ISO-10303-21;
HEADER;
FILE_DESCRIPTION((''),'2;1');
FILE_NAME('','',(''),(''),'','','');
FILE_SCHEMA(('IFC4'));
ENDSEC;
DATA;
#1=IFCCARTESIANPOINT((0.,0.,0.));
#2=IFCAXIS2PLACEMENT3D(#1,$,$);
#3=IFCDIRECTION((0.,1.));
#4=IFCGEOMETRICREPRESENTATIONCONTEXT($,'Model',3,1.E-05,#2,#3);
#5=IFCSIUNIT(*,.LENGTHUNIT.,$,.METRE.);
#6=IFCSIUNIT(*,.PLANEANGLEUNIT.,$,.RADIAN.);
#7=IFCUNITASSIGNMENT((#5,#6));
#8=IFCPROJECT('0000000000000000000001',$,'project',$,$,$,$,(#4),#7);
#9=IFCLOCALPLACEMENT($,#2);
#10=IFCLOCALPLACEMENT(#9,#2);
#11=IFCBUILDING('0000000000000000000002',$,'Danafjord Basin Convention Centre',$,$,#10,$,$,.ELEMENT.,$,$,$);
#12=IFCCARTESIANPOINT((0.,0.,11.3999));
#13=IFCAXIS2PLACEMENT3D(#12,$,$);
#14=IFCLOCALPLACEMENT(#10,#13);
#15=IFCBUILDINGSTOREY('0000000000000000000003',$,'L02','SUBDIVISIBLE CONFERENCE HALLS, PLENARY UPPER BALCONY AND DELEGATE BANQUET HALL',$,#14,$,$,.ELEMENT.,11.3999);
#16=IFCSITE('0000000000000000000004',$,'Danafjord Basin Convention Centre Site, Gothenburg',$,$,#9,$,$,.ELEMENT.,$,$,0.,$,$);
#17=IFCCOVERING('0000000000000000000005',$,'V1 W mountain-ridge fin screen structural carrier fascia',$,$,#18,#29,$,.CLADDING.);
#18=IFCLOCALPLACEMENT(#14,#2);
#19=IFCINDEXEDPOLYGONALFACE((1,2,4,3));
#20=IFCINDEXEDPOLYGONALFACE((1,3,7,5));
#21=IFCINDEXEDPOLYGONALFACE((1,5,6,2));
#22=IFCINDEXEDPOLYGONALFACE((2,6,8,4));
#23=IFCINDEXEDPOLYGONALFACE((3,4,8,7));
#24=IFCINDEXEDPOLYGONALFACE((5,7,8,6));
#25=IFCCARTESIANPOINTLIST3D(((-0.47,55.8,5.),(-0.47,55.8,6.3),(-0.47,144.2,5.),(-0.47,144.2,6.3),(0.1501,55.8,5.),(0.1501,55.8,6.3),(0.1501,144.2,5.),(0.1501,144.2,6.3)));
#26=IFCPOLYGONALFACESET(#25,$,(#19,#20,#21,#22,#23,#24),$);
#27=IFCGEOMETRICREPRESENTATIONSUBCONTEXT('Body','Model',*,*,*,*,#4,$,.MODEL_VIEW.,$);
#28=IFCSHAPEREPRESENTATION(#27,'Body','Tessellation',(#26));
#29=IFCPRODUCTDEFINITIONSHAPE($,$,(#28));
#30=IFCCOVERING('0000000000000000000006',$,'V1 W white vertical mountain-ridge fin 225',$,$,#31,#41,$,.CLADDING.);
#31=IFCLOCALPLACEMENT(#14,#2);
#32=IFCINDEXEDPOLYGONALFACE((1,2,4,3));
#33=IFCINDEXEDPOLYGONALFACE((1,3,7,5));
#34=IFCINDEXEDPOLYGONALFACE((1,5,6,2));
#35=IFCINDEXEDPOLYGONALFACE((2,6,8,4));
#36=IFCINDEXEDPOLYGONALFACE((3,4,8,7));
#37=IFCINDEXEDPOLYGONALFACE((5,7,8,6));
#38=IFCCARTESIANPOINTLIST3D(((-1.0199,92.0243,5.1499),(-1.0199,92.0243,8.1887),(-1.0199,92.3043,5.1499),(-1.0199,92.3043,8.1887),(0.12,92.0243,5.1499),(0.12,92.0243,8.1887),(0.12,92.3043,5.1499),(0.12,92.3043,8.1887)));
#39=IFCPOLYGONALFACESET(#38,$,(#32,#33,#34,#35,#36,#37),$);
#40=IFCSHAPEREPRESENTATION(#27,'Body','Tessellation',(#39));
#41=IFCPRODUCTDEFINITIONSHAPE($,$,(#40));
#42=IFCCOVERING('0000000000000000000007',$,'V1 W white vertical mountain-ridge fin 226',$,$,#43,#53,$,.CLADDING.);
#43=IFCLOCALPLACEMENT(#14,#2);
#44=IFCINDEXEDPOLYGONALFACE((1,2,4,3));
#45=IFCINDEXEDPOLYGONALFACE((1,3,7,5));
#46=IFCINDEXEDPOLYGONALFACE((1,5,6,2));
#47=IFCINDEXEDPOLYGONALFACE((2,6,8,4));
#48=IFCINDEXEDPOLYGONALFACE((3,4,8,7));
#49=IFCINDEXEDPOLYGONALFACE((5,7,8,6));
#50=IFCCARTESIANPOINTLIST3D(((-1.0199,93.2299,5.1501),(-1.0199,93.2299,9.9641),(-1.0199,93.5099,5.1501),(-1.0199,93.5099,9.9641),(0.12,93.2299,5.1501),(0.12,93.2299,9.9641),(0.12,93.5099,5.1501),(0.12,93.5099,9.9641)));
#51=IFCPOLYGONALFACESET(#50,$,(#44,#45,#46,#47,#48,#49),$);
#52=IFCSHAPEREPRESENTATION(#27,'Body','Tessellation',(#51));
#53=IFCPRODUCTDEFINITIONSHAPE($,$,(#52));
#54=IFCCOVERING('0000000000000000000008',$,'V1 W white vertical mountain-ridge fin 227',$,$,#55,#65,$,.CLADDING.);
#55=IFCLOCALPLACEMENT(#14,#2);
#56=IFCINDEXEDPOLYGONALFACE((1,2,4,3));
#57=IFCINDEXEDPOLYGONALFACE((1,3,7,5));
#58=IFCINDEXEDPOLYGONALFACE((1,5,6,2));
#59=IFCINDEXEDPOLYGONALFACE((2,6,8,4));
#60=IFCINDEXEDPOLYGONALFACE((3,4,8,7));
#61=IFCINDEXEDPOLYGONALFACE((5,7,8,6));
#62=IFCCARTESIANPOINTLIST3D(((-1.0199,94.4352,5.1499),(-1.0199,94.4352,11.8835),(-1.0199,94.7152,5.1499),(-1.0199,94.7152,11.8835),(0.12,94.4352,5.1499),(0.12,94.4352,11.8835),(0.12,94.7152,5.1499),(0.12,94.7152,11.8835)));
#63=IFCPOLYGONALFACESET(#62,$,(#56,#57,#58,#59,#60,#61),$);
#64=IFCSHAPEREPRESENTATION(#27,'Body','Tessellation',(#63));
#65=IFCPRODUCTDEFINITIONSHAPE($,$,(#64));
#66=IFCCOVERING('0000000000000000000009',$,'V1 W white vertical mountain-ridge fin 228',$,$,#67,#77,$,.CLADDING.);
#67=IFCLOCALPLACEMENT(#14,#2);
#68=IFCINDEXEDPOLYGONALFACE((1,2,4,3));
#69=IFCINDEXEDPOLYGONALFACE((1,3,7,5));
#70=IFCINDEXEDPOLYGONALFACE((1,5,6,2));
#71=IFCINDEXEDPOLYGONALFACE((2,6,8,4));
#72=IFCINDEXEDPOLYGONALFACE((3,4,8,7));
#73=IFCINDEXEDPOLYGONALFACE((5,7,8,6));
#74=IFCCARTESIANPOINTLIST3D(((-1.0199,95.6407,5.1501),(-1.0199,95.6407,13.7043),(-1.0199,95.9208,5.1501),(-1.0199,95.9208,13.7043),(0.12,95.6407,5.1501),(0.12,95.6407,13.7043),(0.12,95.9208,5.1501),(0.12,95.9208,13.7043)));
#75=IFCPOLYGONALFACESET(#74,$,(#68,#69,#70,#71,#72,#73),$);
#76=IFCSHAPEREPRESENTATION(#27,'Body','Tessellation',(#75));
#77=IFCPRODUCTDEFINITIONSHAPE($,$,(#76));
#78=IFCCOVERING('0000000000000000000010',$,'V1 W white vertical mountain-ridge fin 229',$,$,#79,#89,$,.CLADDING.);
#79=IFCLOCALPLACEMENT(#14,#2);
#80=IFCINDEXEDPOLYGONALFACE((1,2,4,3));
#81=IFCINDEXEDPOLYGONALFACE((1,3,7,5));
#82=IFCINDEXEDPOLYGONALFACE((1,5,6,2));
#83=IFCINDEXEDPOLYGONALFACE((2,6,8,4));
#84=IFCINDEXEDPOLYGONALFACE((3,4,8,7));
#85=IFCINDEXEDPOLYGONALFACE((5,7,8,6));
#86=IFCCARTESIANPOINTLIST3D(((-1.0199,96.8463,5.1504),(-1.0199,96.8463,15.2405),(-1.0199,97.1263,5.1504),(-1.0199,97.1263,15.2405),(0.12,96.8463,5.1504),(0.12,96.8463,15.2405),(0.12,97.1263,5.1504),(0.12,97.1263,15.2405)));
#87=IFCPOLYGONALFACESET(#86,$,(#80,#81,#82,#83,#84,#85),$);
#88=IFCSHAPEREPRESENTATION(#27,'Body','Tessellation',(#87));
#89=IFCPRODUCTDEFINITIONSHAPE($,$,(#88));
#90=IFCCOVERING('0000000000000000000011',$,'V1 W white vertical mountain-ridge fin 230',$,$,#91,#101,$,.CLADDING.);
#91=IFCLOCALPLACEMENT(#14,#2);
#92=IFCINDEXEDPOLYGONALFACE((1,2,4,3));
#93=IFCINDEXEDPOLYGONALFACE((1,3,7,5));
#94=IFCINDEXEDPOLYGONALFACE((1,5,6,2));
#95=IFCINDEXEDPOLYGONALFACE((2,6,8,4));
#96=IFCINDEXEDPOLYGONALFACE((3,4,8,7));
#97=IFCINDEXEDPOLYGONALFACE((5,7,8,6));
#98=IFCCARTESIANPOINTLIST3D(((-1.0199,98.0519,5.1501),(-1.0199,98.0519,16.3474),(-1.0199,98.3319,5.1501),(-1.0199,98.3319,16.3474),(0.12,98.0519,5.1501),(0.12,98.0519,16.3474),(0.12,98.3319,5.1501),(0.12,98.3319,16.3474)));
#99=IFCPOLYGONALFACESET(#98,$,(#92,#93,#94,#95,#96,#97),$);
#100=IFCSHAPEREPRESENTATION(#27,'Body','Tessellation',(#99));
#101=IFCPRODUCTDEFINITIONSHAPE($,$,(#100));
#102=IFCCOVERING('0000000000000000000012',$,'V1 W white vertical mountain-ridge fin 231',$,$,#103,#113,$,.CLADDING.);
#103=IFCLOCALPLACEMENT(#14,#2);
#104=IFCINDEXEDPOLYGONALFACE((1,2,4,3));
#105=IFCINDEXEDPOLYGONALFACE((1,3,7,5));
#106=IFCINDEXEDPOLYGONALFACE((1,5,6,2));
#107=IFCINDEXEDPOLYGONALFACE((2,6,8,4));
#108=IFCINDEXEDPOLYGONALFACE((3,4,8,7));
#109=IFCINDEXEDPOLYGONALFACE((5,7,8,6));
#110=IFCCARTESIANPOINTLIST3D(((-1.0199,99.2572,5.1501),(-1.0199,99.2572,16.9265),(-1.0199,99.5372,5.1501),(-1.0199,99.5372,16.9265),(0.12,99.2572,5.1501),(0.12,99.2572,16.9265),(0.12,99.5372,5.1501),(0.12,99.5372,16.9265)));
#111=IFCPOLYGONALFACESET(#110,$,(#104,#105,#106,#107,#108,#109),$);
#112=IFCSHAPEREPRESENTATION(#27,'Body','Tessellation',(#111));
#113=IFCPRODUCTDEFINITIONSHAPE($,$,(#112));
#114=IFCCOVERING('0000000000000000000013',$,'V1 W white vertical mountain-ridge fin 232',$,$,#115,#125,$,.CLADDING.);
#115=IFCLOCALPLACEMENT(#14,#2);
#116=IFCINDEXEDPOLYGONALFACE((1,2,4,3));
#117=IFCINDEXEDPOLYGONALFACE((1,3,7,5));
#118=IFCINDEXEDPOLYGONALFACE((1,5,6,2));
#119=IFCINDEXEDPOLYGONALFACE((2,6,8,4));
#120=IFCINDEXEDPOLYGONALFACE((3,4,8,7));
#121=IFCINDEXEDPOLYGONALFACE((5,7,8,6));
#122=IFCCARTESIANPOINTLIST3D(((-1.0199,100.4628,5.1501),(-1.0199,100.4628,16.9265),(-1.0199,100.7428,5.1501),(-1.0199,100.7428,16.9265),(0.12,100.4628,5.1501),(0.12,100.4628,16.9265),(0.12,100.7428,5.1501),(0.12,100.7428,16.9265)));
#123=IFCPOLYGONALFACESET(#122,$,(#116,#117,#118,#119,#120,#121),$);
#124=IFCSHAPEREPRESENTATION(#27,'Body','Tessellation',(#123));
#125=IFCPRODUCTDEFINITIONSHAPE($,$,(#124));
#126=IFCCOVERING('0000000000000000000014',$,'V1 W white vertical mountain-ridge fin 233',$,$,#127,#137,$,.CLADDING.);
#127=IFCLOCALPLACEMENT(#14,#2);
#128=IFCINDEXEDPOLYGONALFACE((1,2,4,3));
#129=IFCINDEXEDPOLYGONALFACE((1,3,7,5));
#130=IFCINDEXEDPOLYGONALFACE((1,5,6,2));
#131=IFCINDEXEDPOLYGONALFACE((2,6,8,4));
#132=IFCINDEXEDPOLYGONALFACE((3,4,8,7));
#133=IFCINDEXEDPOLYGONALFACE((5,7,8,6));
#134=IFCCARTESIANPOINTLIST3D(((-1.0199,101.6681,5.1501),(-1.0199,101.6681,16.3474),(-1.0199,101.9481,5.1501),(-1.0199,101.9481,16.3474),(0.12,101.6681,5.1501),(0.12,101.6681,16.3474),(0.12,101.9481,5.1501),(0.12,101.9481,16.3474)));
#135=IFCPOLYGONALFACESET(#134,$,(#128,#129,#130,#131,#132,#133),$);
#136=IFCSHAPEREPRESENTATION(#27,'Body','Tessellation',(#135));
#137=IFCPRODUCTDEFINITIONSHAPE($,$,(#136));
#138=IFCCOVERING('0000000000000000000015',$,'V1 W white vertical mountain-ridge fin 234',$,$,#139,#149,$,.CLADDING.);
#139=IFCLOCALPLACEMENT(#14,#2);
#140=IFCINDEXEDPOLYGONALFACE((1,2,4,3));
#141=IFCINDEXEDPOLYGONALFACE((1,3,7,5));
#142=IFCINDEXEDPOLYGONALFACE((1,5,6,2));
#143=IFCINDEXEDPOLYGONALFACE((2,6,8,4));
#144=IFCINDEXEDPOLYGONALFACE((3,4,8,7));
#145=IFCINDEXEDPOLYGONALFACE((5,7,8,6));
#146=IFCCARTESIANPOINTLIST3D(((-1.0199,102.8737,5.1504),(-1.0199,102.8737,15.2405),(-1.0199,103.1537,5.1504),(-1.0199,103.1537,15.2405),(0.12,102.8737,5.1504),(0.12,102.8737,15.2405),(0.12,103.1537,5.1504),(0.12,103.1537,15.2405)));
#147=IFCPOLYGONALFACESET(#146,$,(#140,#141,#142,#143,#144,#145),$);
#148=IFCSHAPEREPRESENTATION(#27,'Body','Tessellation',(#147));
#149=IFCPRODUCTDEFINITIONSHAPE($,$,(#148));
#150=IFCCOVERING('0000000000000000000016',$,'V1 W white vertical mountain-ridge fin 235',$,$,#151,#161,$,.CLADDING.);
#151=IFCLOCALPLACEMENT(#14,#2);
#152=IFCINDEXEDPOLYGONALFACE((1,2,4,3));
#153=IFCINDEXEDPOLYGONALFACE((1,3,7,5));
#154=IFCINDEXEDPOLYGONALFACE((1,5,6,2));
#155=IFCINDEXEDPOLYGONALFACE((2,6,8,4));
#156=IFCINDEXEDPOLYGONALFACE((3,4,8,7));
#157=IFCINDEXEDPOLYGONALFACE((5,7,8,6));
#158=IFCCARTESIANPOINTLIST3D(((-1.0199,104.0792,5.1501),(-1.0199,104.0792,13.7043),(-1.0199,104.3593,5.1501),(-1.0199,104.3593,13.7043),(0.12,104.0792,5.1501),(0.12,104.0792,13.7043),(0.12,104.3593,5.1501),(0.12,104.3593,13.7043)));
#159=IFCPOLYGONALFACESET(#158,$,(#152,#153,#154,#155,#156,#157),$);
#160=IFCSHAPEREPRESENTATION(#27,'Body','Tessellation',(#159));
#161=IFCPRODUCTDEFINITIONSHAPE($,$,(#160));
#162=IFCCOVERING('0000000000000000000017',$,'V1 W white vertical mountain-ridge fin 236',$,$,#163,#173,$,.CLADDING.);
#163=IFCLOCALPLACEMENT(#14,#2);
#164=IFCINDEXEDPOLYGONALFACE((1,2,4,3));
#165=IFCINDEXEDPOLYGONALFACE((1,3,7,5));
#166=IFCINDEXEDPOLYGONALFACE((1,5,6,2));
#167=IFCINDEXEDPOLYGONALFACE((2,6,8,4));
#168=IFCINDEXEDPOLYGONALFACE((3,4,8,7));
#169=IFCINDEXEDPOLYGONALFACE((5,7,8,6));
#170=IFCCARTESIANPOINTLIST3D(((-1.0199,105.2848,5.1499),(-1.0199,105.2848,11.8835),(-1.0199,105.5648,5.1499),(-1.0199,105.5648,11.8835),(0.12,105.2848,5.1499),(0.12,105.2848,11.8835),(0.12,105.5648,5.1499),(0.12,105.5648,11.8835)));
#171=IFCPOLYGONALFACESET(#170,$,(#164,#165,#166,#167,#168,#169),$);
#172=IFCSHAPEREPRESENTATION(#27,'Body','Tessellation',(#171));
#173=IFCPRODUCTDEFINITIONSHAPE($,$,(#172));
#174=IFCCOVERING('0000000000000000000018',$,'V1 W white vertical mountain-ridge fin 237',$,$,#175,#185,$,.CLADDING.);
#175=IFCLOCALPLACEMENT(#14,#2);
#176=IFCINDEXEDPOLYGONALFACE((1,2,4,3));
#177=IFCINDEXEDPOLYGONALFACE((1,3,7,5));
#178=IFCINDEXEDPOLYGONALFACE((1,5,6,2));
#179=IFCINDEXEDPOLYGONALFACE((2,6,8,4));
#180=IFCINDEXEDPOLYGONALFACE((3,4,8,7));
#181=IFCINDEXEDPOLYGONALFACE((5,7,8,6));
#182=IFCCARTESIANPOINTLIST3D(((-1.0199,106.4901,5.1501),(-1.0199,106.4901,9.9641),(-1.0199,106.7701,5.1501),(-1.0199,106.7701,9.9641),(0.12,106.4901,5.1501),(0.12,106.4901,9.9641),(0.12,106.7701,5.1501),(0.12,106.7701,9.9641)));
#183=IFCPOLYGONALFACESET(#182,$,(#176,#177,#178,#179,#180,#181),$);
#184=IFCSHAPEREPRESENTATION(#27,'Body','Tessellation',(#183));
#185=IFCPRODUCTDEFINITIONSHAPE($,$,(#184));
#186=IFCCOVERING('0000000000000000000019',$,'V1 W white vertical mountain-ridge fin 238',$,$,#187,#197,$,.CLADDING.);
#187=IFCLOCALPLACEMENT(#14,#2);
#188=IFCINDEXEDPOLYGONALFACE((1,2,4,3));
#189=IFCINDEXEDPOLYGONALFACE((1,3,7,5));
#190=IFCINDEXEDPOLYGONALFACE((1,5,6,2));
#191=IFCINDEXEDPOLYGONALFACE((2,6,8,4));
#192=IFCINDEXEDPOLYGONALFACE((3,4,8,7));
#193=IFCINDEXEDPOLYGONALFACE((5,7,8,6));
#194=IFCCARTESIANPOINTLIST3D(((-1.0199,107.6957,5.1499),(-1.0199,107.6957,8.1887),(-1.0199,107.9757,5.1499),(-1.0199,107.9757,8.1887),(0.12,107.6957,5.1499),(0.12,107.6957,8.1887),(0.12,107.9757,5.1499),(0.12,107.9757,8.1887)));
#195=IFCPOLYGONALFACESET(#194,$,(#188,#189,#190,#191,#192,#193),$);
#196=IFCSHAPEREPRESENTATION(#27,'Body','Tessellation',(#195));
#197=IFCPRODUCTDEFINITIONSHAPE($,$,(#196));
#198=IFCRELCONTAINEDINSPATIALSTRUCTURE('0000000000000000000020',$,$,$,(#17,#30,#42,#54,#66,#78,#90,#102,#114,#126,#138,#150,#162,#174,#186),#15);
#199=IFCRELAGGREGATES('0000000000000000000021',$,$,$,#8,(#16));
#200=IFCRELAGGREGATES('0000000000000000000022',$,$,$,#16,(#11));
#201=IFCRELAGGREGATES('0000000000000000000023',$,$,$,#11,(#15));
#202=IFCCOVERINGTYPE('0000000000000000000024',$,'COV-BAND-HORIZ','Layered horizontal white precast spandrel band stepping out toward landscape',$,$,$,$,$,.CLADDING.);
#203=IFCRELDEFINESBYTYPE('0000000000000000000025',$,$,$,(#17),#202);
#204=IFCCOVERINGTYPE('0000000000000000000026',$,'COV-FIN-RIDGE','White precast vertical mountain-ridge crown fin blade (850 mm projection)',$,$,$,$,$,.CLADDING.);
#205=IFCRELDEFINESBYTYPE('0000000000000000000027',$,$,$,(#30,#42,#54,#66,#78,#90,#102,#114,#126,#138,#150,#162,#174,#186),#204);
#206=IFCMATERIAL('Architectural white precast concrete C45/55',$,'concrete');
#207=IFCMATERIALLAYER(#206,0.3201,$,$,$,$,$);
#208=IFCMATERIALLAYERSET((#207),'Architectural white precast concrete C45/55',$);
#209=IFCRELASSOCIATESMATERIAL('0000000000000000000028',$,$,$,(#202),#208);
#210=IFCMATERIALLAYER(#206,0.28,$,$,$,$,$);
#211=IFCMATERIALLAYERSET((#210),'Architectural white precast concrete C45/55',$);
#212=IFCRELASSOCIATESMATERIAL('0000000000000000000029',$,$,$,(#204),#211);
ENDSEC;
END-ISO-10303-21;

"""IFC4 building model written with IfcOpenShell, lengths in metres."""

from ifc_helpers import new_model, si_unit, direction, frame, origin, origin_2d, place, context, subcontext, project, spatial, rectangle, extrude, material, layer, layer_set, type_object, element, save


model = new_model("IFC4")

# Units and contexts
model_context = context("Model", 3, precision=1e-05, world=origin(), true_north=direction((0.0, 1.0)))
body_context = subcontext(model_context, "Body", "Model", "MODEL_VIEW")
ifc_project = project(units=[si_unit("LENGTHUNIT", "METRE"), si_unit("PLANEANGLEUNIT", "RADIAN")], contexts=[model_context])

# Site, building, storey
site_placement = place(None, origin())
site = spatial("IfcSite", under=ifc_project, at=site_placement, Name="Danafjord Basin Convention Centre Site, Gothenburg", CompositionType="ELEMENT", RefElevation=0.0)
building_placement = place(site_placement, origin())
building = spatial("IfcBuilding", under=site, at=building_placement, Name="Danafjord Basin Convention Centre", CompositionType="ELEMENT")
storey_placement = place(building_placement, frame((0.0, 0.0, 11.3999)))
storey = spatial("IfcBuildingStorey", under=building, at=storey_placement, Name="L02", Description="SUBDIVISIBLE CONFERENCE HALLS, PLENARY UPPER BALCONY AND DELEGATE BANQUET HALL", CompositionType="ELEMENT", Elevation=11.3999)

# Coverings
ifc_material_1 = material(Name="Architectural white precast concrete C45/55", Category="concrete")
ifc_layer_1 = layer(ifc_material_1, 0.3201)
ifc_layer_set_1 = layer_set([ifc_layer_1], Name="Architectural white precast concrete C45/55")
covering_type_1 = type_object("IfcCoveringType", Name="COV-BAND-HORIZ", Description="Layered horizontal white precast spandrel band stepping out toward landscape", PredefinedType="CLADDING", material=ifc_layer_set_1)
covering_1_placement = place(storey_placement, frame((-0.1599, 100.0, 5.0), z_axis=(0.0, 0.0, 1.0), x_axis=(0.0, 1.0, 0.0)))
element("IfcCovering", 1, at=covering_1_placement, inside=storey, type_object=covering_type_1, Name="V1 W mountain-ridge fin screen structural carrier fascia", PredefinedType="CLADDING", context=body_context, shape_type="SweptSolid", body=[
    extrude(rectangle(XDim=88.3999, YDim=0.6201, at=origin_2d()), origin(), (0.0, 0.0, 1.0), 1.3),
])
ifc_layer_2 = layer(ifc_material_1, 0.28)
ifc_layer_set_2 = layer_set([ifc_layer_2], Name="Architectural white precast concrete C45/55")
covering_type_2 = type_object("IfcCoveringType", Name="COV-FIN-RIDGE", Description="White precast vertical mountain-ridge crown fin blade (850 mm projection)", PredefinedType="CLADDING", material=ifc_layer_set_2)
covering_2_placement = place(storey_placement, frame((-0.45, 92.1643, 5.1499), z_axis=(0.0, 0.0, 1.0), x_axis=(1.0, 0.0, 0.0)))
element("IfcCovering", 2, at=covering_2_placement, inside=storey, type_object=covering_type_2, Name="V1 W white vertical mountain-ridge fin 225", PredefinedType="CLADDING", context=body_context, shape_type="SweptSolid", body=[
    extrude(rectangle(XDim=1.1399, YDim=0.28, at=origin_2d()), origin(), (0.0, 0.0, 1.0), 3.0388),
])
covering_3_placement = place(storey_placement, frame((-0.45, 93.3699, 5.1501), z_axis=(0.0, 0.0, 1.0), x_axis=(1.0, 0.0, 0.0)))
element("IfcCovering", 3, at=covering_3_placement, inside=storey, type_object=covering_type_2, Name="V1 W white vertical mountain-ridge fin 226", PredefinedType="CLADDING", context=body_context, shape_type="SweptSolid", body=[
    extrude(rectangle(XDim=1.1399, YDim=0.28, at=origin_2d()), origin(), (0.0, 0.0, 1.0), 4.814),
])
covering_4_placement = place(storey_placement, frame((-0.45, 94.5752, 5.1499), z_axis=(0.0, 0.0, 1.0), x_axis=(1.0, 0.0, 0.0)))
element("IfcCovering", 4, at=covering_4_placement, inside=storey, type_object=covering_type_2, Name="V1 W white vertical mountain-ridge fin 227", PredefinedType="CLADDING", context=body_context, shape_type="SweptSolid", body=[
    extrude(rectangle(XDim=1.1399, YDim=0.28, at=origin_2d()), origin(), (0.0, 0.0, 1.0), 6.7336),
])
covering_5_placement = place(storey_placement, frame((-0.45, 95.7808, 5.1501), z_axis=(0.0, 0.0, 1.0), x_axis=(1.0, 0.0, 0.0)))
element("IfcCovering", 5, at=covering_5_placement, inside=storey, type_object=covering_type_2, Name="V1 W white vertical mountain-ridge fin 228", PredefinedType="CLADDING", context=body_context, shape_type="SweptSolid", body=[
    extrude(rectangle(XDim=1.1399, YDim=0.28, at=origin_2d()), origin(), (0.0, 0.0, 1.0), 8.5542),
])
covering_6_placement = place(storey_placement, frame((-0.45, 96.9863, 5.1504), z_axis=(0.0, 0.0, 1.0), x_axis=(1.0, 0.0, 0.0)))
element("IfcCovering", 6, at=covering_6_placement, inside=storey, type_object=covering_type_2, Name="V1 W white vertical mountain-ridge fin 229", PredefinedType="CLADDING", context=body_context, shape_type="SweptSolid", body=[
    extrude(rectangle(XDim=1.1399, YDim=0.28, at=origin_2d()), origin(), (0.0, 0.0, 1.0), 10.0901),
])
covering_7_placement = place(storey_placement, frame((-0.45, 98.1919, 5.1501), z_axis=(0.0, 0.0, 1.0), x_axis=(1.0, 0.0, 0.0)))
element("IfcCovering", 7, at=covering_7_placement, inside=storey, type_object=covering_type_2, Name="V1 W white vertical mountain-ridge fin 230", PredefinedType="CLADDING", context=body_context, shape_type="SweptSolid", body=[
    extrude(rectangle(XDim=1.1399, YDim=0.28, at=origin_2d()), origin(), (0.0, 0.0, 1.0), 11.1973),
])
for number, where, z_axis, x_axis, name in (
    (8, (-0.45, 99.3972, 5.1501), (0.0, 0.0, 1.0), (1.0, 0.0, 0.0), "V1 W white vertical mountain-ridge fin 231"),
    (9, (-0.45, 100.6028, 5.1501), (0.0, 0.0, 1.0), (1.0, 0.0, 0.0), "V1 W white vertical mountain-ridge fin 232"),
):
    element("IfcCovering", number, at=place(storey_placement, frame(where, z_axis=z_axis, x_axis=x_axis)), inside=storey, type_object=covering_type_2, Name=name, PredefinedType="CLADDING", context=body_context, shape_type="SweptSolid", body=[
        extrude(rectangle(XDim=1.1399, YDim=0.28, at=origin_2d()), origin(), (0.0, 0.0, 1.0), 11.7764),
    ])
covering_8_placement = place(storey_placement, frame((-0.45, 101.8081, 5.1501), z_axis=(0.0, 0.0, 1.0), x_axis=(1.0, 0.0, 0.0)))
element("IfcCovering", 10, at=covering_8_placement, inside=storey, type_object=covering_type_2, Name="V1 W white vertical mountain-ridge fin 233", PredefinedType="CLADDING", context=body_context, shape_type="SweptSolid", body=[
    extrude(rectangle(XDim=1.1399, YDim=0.28, at=origin_2d()), origin(), (0.0, 0.0, 1.0), 11.1973),
])
covering_9_placement = place(storey_placement, frame((-0.45, 103.0137, 5.1504), z_axis=(0.0, 0.0, 1.0), x_axis=(1.0, 0.0, 0.0)))
element("IfcCovering", 11, at=covering_9_placement, inside=storey, type_object=covering_type_2, Name="V1 W white vertical mountain-ridge fin 234", PredefinedType="CLADDING", context=body_context, shape_type="SweptSolid", body=[
    extrude(rectangle(XDim=1.1399, YDim=0.28, at=origin_2d()), origin(), (0.0, 0.0, 1.0), 10.0901),
])
covering_10_placement = place(storey_placement, frame((-0.45, 104.2192, 5.1501), z_axis=(0.0, 0.0, 1.0), x_axis=(1.0, 0.0, 0.0)))
element("IfcCovering", 12, at=covering_10_placement, inside=storey, type_object=covering_type_2, Name="V1 W white vertical mountain-ridge fin 235", PredefinedType="CLADDING", context=body_context, shape_type="SweptSolid", body=[
    extrude(rectangle(XDim=1.1399, YDim=0.28, at=origin_2d()), origin(), (0.0, 0.0, 1.0), 8.5542),
])
covering_11_placement = place(storey_placement, frame((-0.45, 105.4248, 5.1499), z_axis=(0.0, 0.0, 1.0), x_axis=(1.0, 0.0, 0.0)))
element("IfcCovering", 13, at=covering_11_placement, inside=storey, type_object=covering_type_2, Name="V1 W white vertical mountain-ridge fin 236", PredefinedType="CLADDING", context=body_context, shape_type="SweptSolid", body=[
    extrude(rectangle(XDim=1.1399, YDim=0.28, at=origin_2d()), origin(), (0.0, 0.0, 1.0), 6.7336),
])
covering_12_placement = place(storey_placement, frame((-0.45, 106.6301, 5.1501), z_axis=(0.0, 0.0, 1.0), x_axis=(1.0, 0.0, 0.0)))
element("IfcCovering", 14, at=covering_12_placement, inside=storey, type_object=covering_type_2, Name="V1 W white vertical mountain-ridge fin 237", PredefinedType="CLADDING", context=body_context, shape_type="SweptSolid", body=[
    extrude(rectangle(XDim=1.1399, YDim=0.28, at=origin_2d()), origin(), (0.0, 0.0, 1.0), 4.814),
])
covering_13_placement = place(storey_placement, frame((-0.45, 107.8357, 5.1499), z_axis=(0.0, 0.0, 1.0), x_axis=(1.0, 0.0, 0.0)))
element("IfcCovering", 15, at=covering_13_placement, inside=storey, type_object=covering_type_2, Name="V1 W white vertical mountain-ridge fin 238", PredefinedType="CLADDING", context=body_context, shape_type="SweptSolid", body=[
    extrude(rectangle(XDim=1.1399, YDim=0.28, at=origin_2d()), origin(), (0.0, 0.0, 1.0), 3.0388),
])

save(model, "model.ifc")
